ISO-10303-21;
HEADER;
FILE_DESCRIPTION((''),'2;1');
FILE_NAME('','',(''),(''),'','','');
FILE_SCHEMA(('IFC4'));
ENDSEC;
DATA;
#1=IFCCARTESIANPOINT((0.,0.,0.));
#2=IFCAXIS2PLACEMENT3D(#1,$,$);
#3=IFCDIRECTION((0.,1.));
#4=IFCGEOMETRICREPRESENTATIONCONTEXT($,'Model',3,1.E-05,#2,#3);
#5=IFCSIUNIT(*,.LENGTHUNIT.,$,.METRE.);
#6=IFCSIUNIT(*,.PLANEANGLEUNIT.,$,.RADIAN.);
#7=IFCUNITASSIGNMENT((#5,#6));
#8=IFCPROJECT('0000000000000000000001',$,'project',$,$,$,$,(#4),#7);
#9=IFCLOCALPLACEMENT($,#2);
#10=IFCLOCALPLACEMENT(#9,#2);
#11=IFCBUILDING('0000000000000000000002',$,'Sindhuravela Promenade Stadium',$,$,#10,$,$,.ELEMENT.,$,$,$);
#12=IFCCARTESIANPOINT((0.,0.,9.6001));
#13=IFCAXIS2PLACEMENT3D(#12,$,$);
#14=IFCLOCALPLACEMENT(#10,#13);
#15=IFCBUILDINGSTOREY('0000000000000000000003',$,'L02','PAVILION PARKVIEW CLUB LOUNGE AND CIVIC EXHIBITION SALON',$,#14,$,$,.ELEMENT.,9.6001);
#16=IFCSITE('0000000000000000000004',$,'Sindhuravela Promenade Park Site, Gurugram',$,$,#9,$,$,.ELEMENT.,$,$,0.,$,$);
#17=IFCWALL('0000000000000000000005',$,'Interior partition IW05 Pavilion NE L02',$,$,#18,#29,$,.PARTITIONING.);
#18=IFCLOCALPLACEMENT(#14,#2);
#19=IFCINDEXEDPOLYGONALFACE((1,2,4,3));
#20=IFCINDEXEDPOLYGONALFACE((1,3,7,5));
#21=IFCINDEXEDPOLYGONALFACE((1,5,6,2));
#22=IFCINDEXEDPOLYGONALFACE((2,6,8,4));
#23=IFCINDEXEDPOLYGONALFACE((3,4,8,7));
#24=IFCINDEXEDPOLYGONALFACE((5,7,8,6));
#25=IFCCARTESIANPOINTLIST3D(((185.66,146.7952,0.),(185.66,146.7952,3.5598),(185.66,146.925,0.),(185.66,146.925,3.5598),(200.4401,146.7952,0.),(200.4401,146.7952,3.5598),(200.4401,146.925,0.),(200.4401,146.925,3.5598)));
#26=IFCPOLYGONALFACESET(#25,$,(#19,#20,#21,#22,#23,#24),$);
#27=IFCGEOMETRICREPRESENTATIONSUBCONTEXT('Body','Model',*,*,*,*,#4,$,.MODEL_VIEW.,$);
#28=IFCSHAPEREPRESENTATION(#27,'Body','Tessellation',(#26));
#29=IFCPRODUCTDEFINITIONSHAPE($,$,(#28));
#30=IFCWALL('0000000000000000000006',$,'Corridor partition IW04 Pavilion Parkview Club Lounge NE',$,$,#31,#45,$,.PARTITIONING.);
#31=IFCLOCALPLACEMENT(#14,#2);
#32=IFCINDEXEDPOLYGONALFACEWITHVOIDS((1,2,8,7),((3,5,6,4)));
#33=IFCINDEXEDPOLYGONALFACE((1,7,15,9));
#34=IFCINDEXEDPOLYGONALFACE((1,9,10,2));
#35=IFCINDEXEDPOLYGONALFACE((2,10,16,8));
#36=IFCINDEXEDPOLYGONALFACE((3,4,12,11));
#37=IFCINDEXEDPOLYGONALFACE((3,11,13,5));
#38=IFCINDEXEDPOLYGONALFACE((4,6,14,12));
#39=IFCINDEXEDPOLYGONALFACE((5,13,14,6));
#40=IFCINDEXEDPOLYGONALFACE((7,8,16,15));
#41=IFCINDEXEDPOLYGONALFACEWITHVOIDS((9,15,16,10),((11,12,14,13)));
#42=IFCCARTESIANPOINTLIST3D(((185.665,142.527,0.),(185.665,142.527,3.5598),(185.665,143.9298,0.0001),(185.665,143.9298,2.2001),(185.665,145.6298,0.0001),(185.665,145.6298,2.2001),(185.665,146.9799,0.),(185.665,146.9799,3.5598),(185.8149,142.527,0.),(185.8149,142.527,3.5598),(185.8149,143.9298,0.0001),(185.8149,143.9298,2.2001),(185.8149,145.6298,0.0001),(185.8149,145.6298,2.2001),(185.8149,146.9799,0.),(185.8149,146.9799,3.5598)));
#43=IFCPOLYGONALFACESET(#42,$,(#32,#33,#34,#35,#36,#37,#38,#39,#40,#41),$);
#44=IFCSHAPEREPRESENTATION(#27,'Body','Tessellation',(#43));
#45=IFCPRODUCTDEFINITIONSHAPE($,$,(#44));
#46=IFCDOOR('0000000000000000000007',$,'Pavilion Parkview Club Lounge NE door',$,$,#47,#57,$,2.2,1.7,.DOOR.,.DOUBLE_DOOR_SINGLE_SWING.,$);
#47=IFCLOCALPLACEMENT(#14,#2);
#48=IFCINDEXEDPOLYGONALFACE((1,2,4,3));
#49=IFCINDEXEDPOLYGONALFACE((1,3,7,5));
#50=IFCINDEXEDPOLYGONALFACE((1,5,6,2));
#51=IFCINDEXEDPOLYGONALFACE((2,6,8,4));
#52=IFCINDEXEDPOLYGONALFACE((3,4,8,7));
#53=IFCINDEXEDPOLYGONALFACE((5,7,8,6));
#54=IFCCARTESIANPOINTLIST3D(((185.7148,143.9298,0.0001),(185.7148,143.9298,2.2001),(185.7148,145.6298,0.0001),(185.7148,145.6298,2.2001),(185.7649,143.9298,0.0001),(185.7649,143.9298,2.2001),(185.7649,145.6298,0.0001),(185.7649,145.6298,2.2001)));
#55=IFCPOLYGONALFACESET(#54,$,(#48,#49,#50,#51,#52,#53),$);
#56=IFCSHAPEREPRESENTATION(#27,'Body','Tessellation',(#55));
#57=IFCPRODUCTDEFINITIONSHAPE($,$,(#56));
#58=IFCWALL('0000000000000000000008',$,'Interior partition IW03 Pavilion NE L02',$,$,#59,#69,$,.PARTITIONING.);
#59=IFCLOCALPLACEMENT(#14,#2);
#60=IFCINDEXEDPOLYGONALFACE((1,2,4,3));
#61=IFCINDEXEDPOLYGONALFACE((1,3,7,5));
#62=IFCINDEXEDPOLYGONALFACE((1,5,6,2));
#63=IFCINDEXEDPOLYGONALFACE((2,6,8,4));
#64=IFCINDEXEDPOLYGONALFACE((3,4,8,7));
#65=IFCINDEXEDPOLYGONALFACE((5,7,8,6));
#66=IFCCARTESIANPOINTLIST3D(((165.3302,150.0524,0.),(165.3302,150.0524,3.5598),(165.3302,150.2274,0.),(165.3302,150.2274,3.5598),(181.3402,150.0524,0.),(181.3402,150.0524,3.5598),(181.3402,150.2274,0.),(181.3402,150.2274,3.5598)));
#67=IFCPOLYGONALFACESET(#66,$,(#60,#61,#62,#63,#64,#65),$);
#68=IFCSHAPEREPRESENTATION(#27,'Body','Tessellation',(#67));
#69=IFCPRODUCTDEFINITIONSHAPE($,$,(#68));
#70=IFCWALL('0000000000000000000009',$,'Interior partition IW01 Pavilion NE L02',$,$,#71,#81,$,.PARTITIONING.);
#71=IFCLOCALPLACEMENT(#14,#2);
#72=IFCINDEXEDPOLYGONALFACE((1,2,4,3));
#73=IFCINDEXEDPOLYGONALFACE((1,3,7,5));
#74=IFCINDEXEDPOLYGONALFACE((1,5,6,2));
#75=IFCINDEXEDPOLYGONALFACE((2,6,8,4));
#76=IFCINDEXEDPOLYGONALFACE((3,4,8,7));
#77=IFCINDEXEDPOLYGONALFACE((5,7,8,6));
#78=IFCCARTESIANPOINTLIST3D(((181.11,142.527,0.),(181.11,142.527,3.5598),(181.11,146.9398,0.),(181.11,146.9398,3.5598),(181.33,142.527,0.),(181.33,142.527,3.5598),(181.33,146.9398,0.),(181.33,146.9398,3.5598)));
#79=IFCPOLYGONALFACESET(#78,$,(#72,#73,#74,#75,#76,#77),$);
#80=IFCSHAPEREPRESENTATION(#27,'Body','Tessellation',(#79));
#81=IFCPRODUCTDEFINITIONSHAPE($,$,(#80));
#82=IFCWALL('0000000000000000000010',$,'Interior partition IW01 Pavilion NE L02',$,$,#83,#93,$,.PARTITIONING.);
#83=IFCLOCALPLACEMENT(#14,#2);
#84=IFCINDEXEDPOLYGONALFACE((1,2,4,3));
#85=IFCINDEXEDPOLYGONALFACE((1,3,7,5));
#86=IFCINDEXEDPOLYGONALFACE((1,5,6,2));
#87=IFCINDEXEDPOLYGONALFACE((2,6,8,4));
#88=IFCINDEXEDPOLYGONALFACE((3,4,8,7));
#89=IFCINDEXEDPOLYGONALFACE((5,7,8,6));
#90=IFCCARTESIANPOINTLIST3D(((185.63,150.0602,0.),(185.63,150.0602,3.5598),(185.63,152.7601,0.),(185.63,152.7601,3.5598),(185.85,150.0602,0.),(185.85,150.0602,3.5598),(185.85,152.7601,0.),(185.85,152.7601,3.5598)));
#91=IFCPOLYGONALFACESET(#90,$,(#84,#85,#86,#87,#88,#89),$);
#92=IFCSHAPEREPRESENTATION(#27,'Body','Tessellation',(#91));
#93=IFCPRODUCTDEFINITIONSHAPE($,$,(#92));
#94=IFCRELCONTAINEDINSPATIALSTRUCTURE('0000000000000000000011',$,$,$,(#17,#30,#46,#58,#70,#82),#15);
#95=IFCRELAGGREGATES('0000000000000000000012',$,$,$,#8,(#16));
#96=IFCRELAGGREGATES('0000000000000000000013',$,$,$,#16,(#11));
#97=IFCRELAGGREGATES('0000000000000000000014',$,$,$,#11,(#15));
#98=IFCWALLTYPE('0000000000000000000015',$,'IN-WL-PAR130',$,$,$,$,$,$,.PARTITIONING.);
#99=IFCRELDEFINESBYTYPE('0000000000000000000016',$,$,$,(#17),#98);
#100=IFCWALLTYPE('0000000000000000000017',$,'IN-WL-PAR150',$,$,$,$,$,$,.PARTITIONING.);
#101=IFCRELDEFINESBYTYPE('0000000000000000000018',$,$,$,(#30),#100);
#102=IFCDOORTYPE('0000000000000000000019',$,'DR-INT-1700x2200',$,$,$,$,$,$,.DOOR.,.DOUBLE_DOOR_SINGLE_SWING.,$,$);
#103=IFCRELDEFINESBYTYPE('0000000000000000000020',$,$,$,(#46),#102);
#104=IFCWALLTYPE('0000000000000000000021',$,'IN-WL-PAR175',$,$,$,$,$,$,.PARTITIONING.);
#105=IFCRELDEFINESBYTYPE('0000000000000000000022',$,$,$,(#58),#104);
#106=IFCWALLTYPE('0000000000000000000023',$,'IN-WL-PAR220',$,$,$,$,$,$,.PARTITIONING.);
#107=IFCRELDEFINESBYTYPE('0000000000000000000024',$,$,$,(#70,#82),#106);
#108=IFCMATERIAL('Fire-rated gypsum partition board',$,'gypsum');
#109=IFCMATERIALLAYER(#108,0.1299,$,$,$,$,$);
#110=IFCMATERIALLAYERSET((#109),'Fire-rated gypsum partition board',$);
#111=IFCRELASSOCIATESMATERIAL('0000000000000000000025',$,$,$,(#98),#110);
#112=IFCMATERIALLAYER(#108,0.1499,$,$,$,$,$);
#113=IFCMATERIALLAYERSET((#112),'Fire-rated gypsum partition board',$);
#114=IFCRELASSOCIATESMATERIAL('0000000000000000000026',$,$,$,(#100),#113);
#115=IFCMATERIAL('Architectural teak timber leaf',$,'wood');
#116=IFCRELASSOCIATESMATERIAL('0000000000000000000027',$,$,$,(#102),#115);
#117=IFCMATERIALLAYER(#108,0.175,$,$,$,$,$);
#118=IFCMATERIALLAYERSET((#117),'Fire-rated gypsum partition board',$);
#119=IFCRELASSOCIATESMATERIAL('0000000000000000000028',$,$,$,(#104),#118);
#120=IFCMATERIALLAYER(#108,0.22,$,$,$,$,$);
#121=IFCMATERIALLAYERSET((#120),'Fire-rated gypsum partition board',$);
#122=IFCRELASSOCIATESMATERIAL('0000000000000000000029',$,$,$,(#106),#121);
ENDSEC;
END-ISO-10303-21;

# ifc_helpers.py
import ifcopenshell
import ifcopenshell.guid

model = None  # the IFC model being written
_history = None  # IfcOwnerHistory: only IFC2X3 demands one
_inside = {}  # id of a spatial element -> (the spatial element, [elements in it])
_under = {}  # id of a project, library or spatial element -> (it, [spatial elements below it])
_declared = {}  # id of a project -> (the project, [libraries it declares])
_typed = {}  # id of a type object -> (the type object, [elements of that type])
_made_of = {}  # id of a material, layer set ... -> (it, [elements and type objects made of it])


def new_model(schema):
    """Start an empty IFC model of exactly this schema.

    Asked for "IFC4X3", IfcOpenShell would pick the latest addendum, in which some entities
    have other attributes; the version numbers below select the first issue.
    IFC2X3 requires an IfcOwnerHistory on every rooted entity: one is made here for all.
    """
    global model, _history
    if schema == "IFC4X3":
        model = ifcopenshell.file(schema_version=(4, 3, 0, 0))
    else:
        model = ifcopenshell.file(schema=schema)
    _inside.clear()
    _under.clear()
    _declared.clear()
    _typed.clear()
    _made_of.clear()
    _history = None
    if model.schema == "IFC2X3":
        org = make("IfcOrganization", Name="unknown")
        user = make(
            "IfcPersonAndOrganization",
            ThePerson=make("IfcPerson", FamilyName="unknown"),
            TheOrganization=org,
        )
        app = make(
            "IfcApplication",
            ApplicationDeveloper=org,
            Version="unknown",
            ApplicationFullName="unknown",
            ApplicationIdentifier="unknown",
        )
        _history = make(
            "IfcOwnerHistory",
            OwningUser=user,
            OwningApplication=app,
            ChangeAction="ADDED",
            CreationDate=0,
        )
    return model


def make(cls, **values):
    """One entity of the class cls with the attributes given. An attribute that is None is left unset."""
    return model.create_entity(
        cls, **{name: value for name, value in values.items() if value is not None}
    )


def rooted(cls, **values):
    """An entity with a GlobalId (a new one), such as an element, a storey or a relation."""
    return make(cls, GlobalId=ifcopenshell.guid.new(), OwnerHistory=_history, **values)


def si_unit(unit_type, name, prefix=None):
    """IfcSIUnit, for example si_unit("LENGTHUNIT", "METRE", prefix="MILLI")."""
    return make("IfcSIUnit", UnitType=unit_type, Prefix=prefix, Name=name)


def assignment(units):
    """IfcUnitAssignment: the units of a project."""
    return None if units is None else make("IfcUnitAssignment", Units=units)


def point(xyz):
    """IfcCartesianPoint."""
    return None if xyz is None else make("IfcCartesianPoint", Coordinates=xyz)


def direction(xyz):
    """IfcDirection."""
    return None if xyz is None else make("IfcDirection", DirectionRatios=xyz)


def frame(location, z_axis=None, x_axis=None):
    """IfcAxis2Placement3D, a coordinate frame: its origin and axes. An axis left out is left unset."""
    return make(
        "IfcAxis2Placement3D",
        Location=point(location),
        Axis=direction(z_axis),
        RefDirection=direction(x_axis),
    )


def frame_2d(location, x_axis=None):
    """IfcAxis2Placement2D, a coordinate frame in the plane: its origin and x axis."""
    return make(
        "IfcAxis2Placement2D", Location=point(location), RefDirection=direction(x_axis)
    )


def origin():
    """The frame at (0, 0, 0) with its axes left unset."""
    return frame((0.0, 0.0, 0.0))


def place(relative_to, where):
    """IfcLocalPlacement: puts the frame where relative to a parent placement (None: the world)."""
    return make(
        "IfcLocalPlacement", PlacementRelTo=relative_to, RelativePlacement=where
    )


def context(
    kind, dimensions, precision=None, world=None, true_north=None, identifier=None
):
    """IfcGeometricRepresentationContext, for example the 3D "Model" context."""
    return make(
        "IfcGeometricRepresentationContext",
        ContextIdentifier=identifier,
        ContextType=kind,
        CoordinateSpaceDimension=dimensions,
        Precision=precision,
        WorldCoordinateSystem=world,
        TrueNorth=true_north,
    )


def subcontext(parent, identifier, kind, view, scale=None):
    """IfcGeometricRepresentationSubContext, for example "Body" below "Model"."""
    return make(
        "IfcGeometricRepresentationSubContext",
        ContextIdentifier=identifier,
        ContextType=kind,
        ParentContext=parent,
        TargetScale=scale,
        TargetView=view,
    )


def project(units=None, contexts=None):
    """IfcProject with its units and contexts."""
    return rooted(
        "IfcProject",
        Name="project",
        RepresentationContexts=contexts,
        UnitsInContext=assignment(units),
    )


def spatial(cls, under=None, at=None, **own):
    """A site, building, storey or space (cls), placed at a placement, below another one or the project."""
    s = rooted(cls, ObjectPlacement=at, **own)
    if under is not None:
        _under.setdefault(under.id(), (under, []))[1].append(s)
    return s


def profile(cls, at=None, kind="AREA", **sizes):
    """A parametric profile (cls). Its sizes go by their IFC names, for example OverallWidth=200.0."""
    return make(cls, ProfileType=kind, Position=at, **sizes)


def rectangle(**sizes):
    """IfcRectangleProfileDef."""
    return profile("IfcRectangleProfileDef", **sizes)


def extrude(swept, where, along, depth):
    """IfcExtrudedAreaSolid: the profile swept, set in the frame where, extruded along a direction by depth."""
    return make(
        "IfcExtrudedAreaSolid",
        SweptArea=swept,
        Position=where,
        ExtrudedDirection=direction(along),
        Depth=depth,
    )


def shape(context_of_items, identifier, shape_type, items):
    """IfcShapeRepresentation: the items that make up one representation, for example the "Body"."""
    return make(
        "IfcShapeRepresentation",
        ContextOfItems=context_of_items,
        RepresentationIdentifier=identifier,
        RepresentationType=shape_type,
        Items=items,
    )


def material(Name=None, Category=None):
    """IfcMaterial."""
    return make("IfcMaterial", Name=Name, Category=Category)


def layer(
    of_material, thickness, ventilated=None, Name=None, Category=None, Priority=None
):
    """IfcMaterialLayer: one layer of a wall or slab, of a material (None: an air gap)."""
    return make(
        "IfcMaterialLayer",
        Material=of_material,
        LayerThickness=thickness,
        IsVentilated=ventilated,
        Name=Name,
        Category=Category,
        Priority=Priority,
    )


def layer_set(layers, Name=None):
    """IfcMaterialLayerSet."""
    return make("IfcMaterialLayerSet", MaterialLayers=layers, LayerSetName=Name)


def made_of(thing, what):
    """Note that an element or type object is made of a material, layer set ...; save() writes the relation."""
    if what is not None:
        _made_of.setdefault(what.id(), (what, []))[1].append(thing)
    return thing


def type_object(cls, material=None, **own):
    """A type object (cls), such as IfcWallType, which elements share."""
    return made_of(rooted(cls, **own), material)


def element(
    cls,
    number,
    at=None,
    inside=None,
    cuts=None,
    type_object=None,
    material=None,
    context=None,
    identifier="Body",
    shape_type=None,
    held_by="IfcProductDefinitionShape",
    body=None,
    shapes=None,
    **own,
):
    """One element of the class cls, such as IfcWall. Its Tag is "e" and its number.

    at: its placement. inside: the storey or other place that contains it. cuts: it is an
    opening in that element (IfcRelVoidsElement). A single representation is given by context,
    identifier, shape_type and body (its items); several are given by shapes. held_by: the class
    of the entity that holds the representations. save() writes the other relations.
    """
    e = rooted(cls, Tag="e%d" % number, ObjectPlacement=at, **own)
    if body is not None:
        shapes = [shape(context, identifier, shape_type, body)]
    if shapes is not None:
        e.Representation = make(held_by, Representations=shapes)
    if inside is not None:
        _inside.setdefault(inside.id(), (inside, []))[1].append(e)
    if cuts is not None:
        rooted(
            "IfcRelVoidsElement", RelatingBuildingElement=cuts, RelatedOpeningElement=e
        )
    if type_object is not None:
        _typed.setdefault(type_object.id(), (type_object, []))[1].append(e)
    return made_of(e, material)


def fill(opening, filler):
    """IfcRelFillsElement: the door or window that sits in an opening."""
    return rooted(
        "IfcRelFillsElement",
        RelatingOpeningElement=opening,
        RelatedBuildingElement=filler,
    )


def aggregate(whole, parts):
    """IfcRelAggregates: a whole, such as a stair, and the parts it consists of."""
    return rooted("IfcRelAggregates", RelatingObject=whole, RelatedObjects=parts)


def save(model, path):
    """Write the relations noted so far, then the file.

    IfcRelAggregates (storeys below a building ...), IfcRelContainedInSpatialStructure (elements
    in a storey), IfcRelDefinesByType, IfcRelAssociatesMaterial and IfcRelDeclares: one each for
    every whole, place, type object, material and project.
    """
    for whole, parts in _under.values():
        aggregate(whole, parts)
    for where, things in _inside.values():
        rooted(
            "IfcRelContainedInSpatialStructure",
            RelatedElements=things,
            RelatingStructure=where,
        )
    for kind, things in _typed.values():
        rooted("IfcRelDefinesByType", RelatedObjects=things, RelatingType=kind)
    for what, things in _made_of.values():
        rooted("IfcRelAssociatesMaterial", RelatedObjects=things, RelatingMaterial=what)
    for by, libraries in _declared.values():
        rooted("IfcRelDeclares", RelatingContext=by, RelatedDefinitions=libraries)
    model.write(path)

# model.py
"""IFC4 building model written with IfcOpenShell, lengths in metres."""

from ifc_helpers import new_model, si_unit, direction, frame, frame_2d, origin, place, context, subcontext, project, spatial, rectangle, extrude, material, layer, layer_set, type_object, element, fill, save


model = new_model("IFC4")

# Units and contexts
model_context = context("Model", 3, precision=1e-05, world=origin(), true_north=direction((0.0, 1.0)))
body_context = subcontext(model_context, "Body", "Model", "MODEL_VIEW")
ifc_project = project(units=[si_unit("LENGTHUNIT", "METRE"), si_unit("PLANEANGLEUNIT", "RADIAN")], contexts=[model_context])

# Site, building, storey
site_placement = place(None, origin())
site = spatial("IfcSite", under=ifc_project, at=site_placement, Name="Sindhuravela Promenade Park Site, Gurugram", CompositionType="ELEMENT", RefElevation=0.0)
building_placement = place(site_placement, origin())
building = spatial("IfcBuilding", under=site, at=building_placement, Name="Sindhuravela Promenade Stadium", CompositionType="ELEMENT")
storey_placement = place(building_placement, frame((0.0, 0.0, 9.6001)))
storey = spatial("IfcBuildingStorey", under=building, at=storey_placement, Name="L02", Description="PAVILION PARKVIEW CLUB LOUNGE AND CIVIC EXHIBITION SALON", CompositionType="ELEMENT", Elevation=9.6001)

# Wall
ifc_material_1 = material(Name="Fire-rated gypsum partition board", Category="gypsum")
ifc_layer_1 = layer(ifc_material_1, 0.1299)
ifc_layer_set_1 = layer_set([ifc_layer_1], Name="Fire-rated gypsum partition board")
wall_type_1 = type_object("IfcWallType", Name="IN-WL-PAR130", PredefinedType="PARTITIONING", material=ifc_layer_set_1)
wall_1_placement = place(storey_placement, frame((185.6599, 146.8601, 0.0), z_axis=(0.0, 0.0, 1.0), x_axis=(1.0, 0.0, 0.0)))
element("IfcWall", 1, at=wall_1_placement, inside=storey, type_object=wall_type_1, Name="Interior partition IW05 Pavilion NE L02", PredefinedType="PARTITIONING", context=body_context, shape_type="SweptSolid", body=[
    extrude(rectangle(XDim=14.78, YDim=0.1299, at=frame_2d((7.3901, 0.0))), origin(), (0.0, 0.0, 1.0), 3.5598),
])

# Wall, opening, door
ifc_layer_2 = layer(ifc_material_1, 0.1499)
ifc_layer_set_2 = layer_set([ifc_layer_2], Name="Fire-rated gypsum partition board")
wall_type_2 = type_object("IfcWallType", Name="IN-WL-PAR150", PredefinedType="PARTITIONING", material=ifc_layer_set_2)
wall_2_placement = place(storey_placement, frame((185.74, 146.98, 0.0), z_axis=(0.0, 0.0, 1.0), x_axis=(0.0, -1.0, 0.0)))
wall_2 = element("IfcWall", 2, at=wall_2_placement, inside=storey, type_object=wall_type_2, Name="Corridor partition IW04 Pavilion Parkview Club Lounge NE", PredefinedType="PARTITIONING", context=body_context, shape_type="SweptSolid", body=[
    extrude(rectangle(XDim=4.4529, YDim=0.1499, at=frame_2d((2.2266, 0.0))), origin(), (0.0, 0.0, 1.0), 3.5598),
])
opening_1_placement = place(wall_2_placement, frame((1.3501, 0.0, 0.0)))
opening_1 = element("IfcOpeningElement", 3, at=opening_1_placement, cuts=wall_2, PredefinedType="OPENING", context=body_context, shape_type="SweptSolid", body=[
    extrude(rectangle(XDim=1.7, YDim=2.2, at=frame_2d((0.8501, 1.1001))), frame((0.0, 0.085, 0.0), z_axis=(0.0, -1.0, 0.0), x_axis=(1.0, 0.0, 0.0)), (0.0, 0.0, 1.0), 0.1699),
])
ifc_material_2 = material(Name="Architectural teak timber leaf", Category="wood")
door_type_1 = type_object("IfcDoorType", Name="DR-INT-1700x2200", OperationType="DOUBLE_DOOR_SINGLE_SWING", PredefinedType="DOOR", material=ifc_material_2)
door_1_placement = place(opening_1_placement, origin())
door_1 = element("IfcDoor", 4, at=door_1_placement, inside=storey, type_object=door_type_1, Name="Pavilion Parkview Club Lounge NE door", OperationType="DOUBLE_DOOR_SINGLE_SWING", OverallHeight=2.2, OverallWidth=1.7, PredefinedType="DOOR", context=body_context, shape_type="SweptSolid", body=[
    extrude(rectangle(XDim=1.7, YDim=2.2, at=frame_2d((0.8501, 1.1001))), frame((0.0, 0.0249, 0.0), z_axis=(0.0, -1.0, 0.0), x_axis=(1.0, 0.0, 0.0)), (0.0, 0.0, 1.0), 0.05),
])
fill(opening_1, door_1)

# Wall
ifc_layer_3 = layer(ifc_material_1, 0.175)
ifc_layer_set_3 = layer_set([ifc_layer_3], Name="Fire-rated gypsum partition board")
wall_type_3 = type_object("IfcWallType", Name="IN-WL-PAR175", PredefinedType="PARTITIONING", material=ifc_layer_set_3)
wall_3_placement = place(storey_placement, frame((181.3401, 150.1399, 0.0), z_axis=(0.0, 0.0, 1.0), x_axis=(-1.0, 0.0, 0.0)))
element("IfcWall", 5, at=wall_3_placement, inside=storey, type_object=wall_type_3, Name="Interior partition IW03 Pavilion NE L02", PredefinedType="PARTITIONING", context=body_context, shape_type="SweptSolid", body=[
    extrude(rectangle(XDim=16.01, YDim=0.175, at=frame_2d((8.0049, 0.0))), origin(), (0.0, 0.0, 1.0), 3.5598),
])

# Walls
ifc_layer_4 = layer(ifc_material_1, 0.22)
ifc_layer_set_4 = layer_set([ifc_layer_4], Name="Fire-rated gypsum partition board")
wall_type_4 = type_object("IfcWallType", Name="IN-WL-PAR220", PredefinedType="PARTITIONING", material=ifc_layer_set_4)
wall_4_placement = place(storey_placement, frame((181.22, 146.9399, 0.0), z_axis=(0.0, 0.0, 1.0), x_axis=(0.0, -1.0, 0.0)))
element("IfcWall", 6, at=wall_4_placement, inside=storey, type_object=wall_type_4, Name="Interior partition IW01 Pavilion NE L02", PredefinedType="PARTITIONING", context=body_context, shape_type="SweptSolid", body=[
    extrude(rectangle(XDim=4.4128, YDim=0.22, at=frame_2d((2.2065, 0.0))), origin(), (0.0, 0.0, 1.0), 3.5598),
])
wall_5_placement = place(storey_placement, frame((185.74, 150.0601, 0.0), z_axis=(0.0, 0.0, 1.0), x_axis=(0.0, 1.0, 0.0)))
element("IfcWall", 7, at=wall_5_placement, inside=storey, type_object=wall_type_4, Name="Interior partition IW01 Pavilion NE L02", PredefinedType="PARTITIONING", context=body_context, shape_type="SweptSolid", body=[
    extrude(rectangle(XDim=2.7, YDim=0.22, at=frame_2d((1.3501, 0.0))), origin(), (0.0, 0.0, 1.0), 3.5598),
])

save(model, "model.ifc")
